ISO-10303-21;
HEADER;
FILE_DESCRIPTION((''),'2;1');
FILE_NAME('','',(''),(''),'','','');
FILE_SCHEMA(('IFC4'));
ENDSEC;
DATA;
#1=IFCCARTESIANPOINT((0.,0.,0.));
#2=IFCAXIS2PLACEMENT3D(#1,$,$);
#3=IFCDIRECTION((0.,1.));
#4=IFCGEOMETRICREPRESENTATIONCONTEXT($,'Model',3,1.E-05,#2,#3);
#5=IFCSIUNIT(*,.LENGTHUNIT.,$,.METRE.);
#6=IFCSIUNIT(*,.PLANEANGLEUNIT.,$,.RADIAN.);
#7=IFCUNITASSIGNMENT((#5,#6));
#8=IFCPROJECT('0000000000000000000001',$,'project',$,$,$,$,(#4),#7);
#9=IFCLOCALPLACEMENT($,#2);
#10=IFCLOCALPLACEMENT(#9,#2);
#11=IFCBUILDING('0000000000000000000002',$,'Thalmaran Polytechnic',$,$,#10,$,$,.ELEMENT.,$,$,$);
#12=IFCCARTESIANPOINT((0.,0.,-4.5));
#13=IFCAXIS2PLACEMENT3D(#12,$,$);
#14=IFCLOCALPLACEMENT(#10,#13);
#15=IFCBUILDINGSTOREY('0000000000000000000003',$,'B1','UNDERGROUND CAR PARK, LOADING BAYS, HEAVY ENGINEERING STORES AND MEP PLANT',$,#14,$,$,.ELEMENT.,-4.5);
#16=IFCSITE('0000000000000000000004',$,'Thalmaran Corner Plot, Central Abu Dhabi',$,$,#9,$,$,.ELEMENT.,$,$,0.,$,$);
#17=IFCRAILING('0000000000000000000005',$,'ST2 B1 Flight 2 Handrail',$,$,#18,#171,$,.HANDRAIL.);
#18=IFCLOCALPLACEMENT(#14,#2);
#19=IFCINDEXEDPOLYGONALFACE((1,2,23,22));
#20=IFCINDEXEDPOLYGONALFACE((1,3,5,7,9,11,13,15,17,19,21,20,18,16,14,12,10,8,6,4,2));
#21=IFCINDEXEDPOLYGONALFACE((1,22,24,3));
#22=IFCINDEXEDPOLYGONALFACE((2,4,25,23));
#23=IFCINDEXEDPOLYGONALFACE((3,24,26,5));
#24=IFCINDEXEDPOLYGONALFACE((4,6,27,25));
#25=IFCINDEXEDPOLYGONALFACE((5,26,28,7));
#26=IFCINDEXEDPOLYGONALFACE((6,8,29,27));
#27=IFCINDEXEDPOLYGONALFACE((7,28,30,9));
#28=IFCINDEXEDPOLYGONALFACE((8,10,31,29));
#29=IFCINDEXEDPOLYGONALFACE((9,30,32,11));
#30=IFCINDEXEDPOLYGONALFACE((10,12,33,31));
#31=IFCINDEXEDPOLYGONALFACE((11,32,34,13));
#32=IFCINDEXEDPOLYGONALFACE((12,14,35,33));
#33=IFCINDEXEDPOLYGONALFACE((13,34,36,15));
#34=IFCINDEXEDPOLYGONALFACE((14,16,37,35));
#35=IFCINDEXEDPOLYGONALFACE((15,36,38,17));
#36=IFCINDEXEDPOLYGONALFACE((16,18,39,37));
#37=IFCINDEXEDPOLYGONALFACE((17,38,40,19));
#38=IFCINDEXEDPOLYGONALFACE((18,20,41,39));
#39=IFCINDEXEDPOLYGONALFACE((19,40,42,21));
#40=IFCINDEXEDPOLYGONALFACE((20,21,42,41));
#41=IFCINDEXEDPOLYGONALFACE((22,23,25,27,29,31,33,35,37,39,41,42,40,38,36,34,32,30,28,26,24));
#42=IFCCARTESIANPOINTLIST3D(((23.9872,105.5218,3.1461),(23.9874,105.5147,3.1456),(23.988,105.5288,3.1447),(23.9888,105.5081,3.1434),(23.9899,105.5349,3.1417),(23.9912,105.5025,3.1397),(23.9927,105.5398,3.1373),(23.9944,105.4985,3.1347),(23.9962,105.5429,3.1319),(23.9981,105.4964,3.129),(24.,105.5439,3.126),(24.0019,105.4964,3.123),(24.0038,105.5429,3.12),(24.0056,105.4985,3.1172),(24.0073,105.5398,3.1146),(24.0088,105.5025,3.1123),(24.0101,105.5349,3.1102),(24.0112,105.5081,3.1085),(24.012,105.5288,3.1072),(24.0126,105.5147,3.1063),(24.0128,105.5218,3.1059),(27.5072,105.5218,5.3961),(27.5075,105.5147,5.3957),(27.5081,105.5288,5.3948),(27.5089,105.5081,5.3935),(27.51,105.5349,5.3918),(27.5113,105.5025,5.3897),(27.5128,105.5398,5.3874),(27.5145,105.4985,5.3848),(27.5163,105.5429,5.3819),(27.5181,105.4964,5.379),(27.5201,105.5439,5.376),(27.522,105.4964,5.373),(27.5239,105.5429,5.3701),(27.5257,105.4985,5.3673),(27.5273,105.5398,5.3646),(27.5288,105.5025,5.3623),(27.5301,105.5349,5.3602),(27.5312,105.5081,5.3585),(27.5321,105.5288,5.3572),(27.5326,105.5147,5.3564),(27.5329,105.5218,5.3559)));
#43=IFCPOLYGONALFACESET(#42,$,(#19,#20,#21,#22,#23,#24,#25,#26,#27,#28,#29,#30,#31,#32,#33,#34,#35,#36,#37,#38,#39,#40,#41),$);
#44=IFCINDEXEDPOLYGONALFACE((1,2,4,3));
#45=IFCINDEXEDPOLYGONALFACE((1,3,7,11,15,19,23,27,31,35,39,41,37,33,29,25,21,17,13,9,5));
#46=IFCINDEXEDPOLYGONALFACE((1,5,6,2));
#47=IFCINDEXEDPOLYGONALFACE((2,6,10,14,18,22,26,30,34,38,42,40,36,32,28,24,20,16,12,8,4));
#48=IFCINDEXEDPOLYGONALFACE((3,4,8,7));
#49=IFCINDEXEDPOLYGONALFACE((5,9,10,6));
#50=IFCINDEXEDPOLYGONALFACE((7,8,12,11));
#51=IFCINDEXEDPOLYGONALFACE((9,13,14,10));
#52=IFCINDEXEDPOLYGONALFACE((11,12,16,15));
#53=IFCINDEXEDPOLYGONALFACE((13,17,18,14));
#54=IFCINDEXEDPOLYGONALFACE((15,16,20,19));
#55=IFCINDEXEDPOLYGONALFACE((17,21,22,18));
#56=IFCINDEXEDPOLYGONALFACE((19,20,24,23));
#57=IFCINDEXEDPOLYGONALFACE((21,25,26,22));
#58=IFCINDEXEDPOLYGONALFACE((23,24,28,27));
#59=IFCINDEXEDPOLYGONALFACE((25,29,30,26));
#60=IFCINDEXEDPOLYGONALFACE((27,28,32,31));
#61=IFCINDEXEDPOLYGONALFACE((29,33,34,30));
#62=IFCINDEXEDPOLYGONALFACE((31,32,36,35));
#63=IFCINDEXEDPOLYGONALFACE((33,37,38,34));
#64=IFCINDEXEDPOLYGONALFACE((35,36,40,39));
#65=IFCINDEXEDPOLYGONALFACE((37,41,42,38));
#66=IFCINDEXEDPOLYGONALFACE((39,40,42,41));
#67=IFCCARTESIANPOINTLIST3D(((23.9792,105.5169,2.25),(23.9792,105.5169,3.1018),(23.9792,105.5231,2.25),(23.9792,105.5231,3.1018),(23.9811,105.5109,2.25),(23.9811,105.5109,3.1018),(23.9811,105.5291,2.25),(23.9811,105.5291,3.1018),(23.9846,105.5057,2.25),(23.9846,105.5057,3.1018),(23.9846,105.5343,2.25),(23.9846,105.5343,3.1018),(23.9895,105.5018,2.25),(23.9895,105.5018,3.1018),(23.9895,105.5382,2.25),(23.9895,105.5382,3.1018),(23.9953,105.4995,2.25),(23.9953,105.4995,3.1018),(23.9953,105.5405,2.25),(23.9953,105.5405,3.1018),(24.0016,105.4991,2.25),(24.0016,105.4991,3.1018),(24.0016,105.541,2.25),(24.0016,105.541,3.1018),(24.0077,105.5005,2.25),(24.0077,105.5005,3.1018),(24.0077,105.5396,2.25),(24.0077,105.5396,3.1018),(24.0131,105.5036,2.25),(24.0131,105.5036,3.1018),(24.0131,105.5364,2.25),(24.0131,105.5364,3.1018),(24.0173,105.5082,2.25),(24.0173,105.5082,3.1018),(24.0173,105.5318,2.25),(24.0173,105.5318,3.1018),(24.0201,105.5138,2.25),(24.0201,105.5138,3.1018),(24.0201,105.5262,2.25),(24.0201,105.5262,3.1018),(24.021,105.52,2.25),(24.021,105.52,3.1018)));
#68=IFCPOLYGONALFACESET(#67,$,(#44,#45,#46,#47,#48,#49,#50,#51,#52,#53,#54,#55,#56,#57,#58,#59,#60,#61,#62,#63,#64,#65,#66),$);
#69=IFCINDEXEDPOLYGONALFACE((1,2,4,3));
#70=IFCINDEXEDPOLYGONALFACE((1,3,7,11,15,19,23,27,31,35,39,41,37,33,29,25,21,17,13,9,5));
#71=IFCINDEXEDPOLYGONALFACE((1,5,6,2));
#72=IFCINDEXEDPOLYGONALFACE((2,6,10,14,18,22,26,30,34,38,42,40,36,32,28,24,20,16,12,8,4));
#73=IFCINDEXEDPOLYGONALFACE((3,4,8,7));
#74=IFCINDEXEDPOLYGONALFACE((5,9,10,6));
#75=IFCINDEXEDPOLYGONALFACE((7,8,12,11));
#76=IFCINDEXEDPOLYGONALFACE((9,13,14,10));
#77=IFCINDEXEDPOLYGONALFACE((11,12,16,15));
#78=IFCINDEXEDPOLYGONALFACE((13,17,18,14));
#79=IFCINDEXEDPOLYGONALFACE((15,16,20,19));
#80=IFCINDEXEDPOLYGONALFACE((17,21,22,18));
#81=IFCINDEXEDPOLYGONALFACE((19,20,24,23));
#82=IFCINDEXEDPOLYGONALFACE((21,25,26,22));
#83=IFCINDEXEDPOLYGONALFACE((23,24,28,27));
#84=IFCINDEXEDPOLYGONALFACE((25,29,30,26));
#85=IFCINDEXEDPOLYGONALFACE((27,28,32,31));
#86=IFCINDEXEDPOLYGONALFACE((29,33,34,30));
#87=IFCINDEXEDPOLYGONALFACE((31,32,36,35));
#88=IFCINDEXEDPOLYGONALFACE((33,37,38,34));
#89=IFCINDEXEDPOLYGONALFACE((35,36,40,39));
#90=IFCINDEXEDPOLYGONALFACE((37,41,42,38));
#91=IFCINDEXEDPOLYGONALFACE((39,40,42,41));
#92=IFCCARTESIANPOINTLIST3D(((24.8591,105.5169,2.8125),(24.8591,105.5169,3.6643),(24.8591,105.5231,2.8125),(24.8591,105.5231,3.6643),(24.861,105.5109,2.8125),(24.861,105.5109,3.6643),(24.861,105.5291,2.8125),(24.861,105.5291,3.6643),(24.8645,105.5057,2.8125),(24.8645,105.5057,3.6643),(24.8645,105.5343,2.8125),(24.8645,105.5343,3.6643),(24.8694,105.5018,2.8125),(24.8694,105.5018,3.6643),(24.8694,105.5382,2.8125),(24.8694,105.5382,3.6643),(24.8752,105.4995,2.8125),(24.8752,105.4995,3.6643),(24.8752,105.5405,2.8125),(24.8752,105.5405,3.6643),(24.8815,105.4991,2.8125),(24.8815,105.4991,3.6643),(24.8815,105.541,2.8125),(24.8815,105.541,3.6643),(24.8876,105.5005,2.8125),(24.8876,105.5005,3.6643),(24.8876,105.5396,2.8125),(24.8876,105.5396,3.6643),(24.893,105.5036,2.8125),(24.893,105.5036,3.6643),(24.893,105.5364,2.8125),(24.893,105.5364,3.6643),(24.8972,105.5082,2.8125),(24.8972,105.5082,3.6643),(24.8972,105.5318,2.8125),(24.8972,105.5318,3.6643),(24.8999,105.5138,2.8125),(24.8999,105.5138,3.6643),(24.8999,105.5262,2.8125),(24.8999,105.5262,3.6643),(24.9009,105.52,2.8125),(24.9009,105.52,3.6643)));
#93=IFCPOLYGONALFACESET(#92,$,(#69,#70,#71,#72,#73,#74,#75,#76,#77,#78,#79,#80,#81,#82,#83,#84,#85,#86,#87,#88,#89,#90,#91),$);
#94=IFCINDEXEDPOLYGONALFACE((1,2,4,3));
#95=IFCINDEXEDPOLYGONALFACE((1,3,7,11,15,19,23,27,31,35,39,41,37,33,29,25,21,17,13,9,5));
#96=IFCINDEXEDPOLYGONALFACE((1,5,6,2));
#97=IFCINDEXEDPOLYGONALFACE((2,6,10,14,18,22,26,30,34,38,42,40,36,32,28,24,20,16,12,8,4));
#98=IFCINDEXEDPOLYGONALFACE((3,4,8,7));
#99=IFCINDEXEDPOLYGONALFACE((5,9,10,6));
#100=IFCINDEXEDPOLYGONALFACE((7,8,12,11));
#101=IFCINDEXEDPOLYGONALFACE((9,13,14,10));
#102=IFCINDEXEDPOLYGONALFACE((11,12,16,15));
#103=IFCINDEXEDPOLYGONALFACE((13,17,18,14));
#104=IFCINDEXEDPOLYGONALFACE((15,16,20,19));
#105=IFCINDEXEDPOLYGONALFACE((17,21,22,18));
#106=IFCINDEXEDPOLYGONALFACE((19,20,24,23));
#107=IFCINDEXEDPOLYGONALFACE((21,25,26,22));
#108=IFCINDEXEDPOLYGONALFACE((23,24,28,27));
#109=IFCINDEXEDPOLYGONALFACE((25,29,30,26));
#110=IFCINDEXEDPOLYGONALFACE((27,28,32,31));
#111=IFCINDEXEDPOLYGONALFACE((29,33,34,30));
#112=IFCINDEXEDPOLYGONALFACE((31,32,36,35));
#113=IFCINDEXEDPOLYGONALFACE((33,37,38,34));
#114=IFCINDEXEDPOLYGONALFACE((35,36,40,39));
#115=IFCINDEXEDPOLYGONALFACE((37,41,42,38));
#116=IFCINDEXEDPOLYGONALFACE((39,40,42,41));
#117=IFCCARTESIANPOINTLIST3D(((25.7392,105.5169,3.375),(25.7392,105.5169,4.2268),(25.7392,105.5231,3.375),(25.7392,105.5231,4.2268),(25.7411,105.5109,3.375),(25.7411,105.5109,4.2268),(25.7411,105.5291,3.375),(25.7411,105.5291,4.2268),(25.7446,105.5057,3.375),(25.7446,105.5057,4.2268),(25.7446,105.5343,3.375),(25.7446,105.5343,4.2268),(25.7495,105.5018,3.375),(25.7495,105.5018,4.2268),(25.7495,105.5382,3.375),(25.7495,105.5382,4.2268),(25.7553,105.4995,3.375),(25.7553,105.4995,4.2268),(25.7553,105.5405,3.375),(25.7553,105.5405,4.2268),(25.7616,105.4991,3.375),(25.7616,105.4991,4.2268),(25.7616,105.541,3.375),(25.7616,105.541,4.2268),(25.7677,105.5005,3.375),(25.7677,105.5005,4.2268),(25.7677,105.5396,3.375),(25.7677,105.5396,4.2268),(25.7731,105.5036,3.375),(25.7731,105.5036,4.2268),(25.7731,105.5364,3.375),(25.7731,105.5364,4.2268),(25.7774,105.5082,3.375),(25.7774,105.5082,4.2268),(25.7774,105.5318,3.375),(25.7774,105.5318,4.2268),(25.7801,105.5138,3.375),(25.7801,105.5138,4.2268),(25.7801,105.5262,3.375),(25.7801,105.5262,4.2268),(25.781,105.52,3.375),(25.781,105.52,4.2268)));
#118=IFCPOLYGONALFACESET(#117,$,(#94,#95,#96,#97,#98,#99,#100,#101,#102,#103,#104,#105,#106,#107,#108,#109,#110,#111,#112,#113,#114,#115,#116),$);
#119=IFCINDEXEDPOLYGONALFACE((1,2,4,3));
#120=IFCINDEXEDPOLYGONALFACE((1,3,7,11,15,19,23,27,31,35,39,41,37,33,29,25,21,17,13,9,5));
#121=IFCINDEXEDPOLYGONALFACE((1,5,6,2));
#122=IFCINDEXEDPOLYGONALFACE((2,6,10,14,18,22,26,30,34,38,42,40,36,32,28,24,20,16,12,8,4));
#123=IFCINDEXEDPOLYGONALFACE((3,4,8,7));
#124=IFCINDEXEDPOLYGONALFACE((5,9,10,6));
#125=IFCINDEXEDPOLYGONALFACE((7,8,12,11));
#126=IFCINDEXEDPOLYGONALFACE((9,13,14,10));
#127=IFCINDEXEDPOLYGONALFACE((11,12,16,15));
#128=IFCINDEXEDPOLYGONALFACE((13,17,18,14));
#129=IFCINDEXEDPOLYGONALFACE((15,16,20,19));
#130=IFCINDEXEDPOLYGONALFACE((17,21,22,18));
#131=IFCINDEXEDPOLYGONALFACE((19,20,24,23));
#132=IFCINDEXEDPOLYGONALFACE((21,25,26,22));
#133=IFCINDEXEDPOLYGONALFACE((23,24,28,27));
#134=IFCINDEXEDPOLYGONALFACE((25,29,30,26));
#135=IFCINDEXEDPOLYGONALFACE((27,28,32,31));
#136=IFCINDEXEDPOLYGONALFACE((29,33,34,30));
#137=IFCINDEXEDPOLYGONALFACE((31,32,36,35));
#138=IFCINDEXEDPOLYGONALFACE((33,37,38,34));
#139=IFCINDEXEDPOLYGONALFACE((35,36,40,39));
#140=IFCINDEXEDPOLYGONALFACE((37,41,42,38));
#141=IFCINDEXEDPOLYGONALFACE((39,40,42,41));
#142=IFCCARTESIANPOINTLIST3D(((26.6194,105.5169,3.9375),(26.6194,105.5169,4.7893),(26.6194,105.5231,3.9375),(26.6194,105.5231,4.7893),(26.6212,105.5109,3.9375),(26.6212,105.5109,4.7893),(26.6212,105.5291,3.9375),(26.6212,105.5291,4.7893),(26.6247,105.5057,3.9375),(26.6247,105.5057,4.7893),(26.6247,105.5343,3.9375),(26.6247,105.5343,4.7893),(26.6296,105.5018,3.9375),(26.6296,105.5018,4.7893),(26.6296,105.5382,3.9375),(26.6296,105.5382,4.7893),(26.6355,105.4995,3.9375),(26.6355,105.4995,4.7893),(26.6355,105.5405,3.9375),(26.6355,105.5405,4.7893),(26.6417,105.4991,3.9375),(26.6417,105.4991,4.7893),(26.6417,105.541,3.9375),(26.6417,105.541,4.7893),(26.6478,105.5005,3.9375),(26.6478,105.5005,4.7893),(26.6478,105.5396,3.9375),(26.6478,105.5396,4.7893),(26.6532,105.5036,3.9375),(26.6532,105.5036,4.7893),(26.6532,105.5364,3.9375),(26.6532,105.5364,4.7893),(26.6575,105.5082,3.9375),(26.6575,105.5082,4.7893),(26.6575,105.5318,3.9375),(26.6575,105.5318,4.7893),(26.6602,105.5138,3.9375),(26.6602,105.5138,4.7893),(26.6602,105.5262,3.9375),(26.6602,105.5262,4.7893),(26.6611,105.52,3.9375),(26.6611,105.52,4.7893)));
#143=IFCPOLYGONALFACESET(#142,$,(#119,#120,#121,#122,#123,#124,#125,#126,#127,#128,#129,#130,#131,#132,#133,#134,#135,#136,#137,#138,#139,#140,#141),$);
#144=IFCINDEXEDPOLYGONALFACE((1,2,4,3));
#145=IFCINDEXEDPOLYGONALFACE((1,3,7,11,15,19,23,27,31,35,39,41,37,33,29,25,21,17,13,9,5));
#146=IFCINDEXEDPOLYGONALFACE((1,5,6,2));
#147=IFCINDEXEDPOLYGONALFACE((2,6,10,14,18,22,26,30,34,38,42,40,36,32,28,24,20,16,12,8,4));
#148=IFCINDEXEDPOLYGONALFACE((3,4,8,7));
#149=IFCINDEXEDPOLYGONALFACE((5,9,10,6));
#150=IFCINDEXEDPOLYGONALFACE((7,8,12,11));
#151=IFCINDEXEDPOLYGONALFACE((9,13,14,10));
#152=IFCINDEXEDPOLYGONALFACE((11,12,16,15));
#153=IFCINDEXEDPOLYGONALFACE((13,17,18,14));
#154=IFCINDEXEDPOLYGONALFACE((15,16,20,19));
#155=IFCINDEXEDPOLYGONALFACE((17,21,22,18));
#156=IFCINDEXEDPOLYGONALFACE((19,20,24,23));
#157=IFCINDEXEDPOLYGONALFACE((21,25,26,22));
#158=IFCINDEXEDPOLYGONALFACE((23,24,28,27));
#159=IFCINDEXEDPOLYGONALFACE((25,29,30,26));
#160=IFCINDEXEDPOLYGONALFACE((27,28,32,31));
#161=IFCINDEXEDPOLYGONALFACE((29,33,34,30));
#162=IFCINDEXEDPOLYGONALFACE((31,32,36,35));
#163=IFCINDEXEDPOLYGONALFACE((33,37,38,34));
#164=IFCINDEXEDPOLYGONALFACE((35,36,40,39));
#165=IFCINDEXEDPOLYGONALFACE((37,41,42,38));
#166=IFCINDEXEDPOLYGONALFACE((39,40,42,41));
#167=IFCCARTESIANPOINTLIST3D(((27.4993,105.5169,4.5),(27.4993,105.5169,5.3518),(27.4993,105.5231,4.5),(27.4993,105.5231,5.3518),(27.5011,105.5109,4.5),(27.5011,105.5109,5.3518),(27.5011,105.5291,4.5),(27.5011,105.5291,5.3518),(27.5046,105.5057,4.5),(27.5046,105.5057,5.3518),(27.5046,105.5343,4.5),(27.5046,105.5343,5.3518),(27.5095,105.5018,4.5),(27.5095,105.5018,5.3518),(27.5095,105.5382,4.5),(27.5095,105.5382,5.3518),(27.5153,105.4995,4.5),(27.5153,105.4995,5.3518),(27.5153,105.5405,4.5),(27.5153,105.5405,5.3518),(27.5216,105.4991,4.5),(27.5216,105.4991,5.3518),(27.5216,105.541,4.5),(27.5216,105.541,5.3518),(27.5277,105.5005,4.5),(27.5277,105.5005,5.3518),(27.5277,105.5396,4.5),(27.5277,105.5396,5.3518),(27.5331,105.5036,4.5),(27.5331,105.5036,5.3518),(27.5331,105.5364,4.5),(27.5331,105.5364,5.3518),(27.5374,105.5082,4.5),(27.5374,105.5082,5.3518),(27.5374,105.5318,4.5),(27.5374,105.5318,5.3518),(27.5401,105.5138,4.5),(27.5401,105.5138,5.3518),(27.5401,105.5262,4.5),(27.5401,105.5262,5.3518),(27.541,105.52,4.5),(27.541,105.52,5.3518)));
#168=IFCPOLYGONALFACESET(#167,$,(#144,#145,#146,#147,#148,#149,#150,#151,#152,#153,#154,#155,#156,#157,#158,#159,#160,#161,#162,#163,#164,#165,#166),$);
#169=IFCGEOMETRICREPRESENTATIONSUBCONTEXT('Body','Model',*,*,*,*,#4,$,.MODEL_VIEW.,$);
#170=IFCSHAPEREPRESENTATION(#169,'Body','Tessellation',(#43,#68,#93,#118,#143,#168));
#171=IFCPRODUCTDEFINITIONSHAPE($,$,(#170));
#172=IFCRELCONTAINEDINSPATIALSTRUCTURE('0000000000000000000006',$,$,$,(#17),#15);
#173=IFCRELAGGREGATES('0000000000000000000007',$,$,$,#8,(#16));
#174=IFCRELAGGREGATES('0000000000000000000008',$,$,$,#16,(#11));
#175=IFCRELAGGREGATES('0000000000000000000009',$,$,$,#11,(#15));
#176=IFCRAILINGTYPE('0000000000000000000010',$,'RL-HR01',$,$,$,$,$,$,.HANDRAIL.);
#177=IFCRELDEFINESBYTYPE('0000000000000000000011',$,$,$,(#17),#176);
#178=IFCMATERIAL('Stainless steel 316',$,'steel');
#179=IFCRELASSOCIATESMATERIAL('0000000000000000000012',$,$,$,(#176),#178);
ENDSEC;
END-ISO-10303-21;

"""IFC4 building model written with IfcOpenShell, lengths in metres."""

from ifc_helpers import new_model, si_unit, direction, frame, origin, origin_2d, place, context, subcontext, project, spatial, circle, extrude, material, type_object, element, save


model = new_model("IFC4")

# Units and contexts
model_context = context("Model", 3, precision=1e-05, world=origin(), true_north=direction((0.0, 1.0)))
body_context = subcontext(model_context, "Body", "Model", "MODEL_VIEW")
ifc_project = project(units=[si_unit("LENGTHUNIT", "METRE"), si_unit("PLANEANGLEUNIT", "RADIAN")], contexts=[model_context])

# Site, building, storey
site_placement = place(None, origin())
site = spatial("IfcSite", under=ifc_project, at=site_placement, Name="Thalmaran Corner Plot, Central Abu Dhabi", CompositionType="ELEMENT", RefElevation=0.0)
building_placement = place(site_placement, origin())
building = spatial("IfcBuilding", under=site, at=building_placement, Name="Thalmaran Polytechnic", CompositionType="ELEMENT")
storey_placement = place(building_placement, frame((0.0, 0.0, -4.5)))
storey = spatial("IfcBuildingStorey", under=building, at=storey_placement, Name="B1", Description="UNDERGROUND CAR PARK, LOADING BAYS, HEAVY ENGINEERING STORES AND MEP PLANT", CompositionType="ELEMENT", Elevation=-4.5)

# Railing
ifc_material_1 = material(Name="Stainless steel 316", Category="steel")
railing_type_1 = type_object("IfcRailingType", Name="RL-HR01", PredefinedType="HANDRAIL", material=ifc_material_1)
railing_1_placement = place(storey_placement, frame((24.0, 105.52, 2.25)))
element("IfcRailing", 1, at=railing_1_placement, inside=storey, type_object=railing_type_1, Name="ST2 B1 Flight 2 Handrail", PredefinedType="HANDRAIL", context=body_context, shape_type="SweptSolid", body=[
    extrude(circle(Radius=0.0239, at=origin_2d()), frame((0.0, 0.0, 0.876), z_axis=(0.842577, 0.0, 0.538576), x_axis=(0.0, 1.0, 0.0)), (0.0, 0.0, 1.0), 4.1777),
    extrude(circle(Radius=0.021, at=origin_2d()), origin(), (0.0, 0.0, 1.0), 0.8518),
    extrude(circle(Radius=0.021, at=origin_2d()), frame((0.8799, 0.0, 0.5625)), (0.0, 0.0, 1.0), 0.8518),
    extrude(circle(Radius=0.021, at=origin_2d()), frame((1.76, 0.0, 1.125)), (0.0, 0.0, 1.0), 0.8518),
    extrude(circle(Radius=0.021, at=origin_2d()), frame((2.6401, 0.0, 1.6875)), (0.0, 0.0, 1.0), 0.8518),
    extrude(circle(Radius=0.021, at=origin_2d()), frame((3.52, 0.0, 2.25)), (0.0, 0.0, 1.0), 0.8518),
])

save(model, "model.ifc")
